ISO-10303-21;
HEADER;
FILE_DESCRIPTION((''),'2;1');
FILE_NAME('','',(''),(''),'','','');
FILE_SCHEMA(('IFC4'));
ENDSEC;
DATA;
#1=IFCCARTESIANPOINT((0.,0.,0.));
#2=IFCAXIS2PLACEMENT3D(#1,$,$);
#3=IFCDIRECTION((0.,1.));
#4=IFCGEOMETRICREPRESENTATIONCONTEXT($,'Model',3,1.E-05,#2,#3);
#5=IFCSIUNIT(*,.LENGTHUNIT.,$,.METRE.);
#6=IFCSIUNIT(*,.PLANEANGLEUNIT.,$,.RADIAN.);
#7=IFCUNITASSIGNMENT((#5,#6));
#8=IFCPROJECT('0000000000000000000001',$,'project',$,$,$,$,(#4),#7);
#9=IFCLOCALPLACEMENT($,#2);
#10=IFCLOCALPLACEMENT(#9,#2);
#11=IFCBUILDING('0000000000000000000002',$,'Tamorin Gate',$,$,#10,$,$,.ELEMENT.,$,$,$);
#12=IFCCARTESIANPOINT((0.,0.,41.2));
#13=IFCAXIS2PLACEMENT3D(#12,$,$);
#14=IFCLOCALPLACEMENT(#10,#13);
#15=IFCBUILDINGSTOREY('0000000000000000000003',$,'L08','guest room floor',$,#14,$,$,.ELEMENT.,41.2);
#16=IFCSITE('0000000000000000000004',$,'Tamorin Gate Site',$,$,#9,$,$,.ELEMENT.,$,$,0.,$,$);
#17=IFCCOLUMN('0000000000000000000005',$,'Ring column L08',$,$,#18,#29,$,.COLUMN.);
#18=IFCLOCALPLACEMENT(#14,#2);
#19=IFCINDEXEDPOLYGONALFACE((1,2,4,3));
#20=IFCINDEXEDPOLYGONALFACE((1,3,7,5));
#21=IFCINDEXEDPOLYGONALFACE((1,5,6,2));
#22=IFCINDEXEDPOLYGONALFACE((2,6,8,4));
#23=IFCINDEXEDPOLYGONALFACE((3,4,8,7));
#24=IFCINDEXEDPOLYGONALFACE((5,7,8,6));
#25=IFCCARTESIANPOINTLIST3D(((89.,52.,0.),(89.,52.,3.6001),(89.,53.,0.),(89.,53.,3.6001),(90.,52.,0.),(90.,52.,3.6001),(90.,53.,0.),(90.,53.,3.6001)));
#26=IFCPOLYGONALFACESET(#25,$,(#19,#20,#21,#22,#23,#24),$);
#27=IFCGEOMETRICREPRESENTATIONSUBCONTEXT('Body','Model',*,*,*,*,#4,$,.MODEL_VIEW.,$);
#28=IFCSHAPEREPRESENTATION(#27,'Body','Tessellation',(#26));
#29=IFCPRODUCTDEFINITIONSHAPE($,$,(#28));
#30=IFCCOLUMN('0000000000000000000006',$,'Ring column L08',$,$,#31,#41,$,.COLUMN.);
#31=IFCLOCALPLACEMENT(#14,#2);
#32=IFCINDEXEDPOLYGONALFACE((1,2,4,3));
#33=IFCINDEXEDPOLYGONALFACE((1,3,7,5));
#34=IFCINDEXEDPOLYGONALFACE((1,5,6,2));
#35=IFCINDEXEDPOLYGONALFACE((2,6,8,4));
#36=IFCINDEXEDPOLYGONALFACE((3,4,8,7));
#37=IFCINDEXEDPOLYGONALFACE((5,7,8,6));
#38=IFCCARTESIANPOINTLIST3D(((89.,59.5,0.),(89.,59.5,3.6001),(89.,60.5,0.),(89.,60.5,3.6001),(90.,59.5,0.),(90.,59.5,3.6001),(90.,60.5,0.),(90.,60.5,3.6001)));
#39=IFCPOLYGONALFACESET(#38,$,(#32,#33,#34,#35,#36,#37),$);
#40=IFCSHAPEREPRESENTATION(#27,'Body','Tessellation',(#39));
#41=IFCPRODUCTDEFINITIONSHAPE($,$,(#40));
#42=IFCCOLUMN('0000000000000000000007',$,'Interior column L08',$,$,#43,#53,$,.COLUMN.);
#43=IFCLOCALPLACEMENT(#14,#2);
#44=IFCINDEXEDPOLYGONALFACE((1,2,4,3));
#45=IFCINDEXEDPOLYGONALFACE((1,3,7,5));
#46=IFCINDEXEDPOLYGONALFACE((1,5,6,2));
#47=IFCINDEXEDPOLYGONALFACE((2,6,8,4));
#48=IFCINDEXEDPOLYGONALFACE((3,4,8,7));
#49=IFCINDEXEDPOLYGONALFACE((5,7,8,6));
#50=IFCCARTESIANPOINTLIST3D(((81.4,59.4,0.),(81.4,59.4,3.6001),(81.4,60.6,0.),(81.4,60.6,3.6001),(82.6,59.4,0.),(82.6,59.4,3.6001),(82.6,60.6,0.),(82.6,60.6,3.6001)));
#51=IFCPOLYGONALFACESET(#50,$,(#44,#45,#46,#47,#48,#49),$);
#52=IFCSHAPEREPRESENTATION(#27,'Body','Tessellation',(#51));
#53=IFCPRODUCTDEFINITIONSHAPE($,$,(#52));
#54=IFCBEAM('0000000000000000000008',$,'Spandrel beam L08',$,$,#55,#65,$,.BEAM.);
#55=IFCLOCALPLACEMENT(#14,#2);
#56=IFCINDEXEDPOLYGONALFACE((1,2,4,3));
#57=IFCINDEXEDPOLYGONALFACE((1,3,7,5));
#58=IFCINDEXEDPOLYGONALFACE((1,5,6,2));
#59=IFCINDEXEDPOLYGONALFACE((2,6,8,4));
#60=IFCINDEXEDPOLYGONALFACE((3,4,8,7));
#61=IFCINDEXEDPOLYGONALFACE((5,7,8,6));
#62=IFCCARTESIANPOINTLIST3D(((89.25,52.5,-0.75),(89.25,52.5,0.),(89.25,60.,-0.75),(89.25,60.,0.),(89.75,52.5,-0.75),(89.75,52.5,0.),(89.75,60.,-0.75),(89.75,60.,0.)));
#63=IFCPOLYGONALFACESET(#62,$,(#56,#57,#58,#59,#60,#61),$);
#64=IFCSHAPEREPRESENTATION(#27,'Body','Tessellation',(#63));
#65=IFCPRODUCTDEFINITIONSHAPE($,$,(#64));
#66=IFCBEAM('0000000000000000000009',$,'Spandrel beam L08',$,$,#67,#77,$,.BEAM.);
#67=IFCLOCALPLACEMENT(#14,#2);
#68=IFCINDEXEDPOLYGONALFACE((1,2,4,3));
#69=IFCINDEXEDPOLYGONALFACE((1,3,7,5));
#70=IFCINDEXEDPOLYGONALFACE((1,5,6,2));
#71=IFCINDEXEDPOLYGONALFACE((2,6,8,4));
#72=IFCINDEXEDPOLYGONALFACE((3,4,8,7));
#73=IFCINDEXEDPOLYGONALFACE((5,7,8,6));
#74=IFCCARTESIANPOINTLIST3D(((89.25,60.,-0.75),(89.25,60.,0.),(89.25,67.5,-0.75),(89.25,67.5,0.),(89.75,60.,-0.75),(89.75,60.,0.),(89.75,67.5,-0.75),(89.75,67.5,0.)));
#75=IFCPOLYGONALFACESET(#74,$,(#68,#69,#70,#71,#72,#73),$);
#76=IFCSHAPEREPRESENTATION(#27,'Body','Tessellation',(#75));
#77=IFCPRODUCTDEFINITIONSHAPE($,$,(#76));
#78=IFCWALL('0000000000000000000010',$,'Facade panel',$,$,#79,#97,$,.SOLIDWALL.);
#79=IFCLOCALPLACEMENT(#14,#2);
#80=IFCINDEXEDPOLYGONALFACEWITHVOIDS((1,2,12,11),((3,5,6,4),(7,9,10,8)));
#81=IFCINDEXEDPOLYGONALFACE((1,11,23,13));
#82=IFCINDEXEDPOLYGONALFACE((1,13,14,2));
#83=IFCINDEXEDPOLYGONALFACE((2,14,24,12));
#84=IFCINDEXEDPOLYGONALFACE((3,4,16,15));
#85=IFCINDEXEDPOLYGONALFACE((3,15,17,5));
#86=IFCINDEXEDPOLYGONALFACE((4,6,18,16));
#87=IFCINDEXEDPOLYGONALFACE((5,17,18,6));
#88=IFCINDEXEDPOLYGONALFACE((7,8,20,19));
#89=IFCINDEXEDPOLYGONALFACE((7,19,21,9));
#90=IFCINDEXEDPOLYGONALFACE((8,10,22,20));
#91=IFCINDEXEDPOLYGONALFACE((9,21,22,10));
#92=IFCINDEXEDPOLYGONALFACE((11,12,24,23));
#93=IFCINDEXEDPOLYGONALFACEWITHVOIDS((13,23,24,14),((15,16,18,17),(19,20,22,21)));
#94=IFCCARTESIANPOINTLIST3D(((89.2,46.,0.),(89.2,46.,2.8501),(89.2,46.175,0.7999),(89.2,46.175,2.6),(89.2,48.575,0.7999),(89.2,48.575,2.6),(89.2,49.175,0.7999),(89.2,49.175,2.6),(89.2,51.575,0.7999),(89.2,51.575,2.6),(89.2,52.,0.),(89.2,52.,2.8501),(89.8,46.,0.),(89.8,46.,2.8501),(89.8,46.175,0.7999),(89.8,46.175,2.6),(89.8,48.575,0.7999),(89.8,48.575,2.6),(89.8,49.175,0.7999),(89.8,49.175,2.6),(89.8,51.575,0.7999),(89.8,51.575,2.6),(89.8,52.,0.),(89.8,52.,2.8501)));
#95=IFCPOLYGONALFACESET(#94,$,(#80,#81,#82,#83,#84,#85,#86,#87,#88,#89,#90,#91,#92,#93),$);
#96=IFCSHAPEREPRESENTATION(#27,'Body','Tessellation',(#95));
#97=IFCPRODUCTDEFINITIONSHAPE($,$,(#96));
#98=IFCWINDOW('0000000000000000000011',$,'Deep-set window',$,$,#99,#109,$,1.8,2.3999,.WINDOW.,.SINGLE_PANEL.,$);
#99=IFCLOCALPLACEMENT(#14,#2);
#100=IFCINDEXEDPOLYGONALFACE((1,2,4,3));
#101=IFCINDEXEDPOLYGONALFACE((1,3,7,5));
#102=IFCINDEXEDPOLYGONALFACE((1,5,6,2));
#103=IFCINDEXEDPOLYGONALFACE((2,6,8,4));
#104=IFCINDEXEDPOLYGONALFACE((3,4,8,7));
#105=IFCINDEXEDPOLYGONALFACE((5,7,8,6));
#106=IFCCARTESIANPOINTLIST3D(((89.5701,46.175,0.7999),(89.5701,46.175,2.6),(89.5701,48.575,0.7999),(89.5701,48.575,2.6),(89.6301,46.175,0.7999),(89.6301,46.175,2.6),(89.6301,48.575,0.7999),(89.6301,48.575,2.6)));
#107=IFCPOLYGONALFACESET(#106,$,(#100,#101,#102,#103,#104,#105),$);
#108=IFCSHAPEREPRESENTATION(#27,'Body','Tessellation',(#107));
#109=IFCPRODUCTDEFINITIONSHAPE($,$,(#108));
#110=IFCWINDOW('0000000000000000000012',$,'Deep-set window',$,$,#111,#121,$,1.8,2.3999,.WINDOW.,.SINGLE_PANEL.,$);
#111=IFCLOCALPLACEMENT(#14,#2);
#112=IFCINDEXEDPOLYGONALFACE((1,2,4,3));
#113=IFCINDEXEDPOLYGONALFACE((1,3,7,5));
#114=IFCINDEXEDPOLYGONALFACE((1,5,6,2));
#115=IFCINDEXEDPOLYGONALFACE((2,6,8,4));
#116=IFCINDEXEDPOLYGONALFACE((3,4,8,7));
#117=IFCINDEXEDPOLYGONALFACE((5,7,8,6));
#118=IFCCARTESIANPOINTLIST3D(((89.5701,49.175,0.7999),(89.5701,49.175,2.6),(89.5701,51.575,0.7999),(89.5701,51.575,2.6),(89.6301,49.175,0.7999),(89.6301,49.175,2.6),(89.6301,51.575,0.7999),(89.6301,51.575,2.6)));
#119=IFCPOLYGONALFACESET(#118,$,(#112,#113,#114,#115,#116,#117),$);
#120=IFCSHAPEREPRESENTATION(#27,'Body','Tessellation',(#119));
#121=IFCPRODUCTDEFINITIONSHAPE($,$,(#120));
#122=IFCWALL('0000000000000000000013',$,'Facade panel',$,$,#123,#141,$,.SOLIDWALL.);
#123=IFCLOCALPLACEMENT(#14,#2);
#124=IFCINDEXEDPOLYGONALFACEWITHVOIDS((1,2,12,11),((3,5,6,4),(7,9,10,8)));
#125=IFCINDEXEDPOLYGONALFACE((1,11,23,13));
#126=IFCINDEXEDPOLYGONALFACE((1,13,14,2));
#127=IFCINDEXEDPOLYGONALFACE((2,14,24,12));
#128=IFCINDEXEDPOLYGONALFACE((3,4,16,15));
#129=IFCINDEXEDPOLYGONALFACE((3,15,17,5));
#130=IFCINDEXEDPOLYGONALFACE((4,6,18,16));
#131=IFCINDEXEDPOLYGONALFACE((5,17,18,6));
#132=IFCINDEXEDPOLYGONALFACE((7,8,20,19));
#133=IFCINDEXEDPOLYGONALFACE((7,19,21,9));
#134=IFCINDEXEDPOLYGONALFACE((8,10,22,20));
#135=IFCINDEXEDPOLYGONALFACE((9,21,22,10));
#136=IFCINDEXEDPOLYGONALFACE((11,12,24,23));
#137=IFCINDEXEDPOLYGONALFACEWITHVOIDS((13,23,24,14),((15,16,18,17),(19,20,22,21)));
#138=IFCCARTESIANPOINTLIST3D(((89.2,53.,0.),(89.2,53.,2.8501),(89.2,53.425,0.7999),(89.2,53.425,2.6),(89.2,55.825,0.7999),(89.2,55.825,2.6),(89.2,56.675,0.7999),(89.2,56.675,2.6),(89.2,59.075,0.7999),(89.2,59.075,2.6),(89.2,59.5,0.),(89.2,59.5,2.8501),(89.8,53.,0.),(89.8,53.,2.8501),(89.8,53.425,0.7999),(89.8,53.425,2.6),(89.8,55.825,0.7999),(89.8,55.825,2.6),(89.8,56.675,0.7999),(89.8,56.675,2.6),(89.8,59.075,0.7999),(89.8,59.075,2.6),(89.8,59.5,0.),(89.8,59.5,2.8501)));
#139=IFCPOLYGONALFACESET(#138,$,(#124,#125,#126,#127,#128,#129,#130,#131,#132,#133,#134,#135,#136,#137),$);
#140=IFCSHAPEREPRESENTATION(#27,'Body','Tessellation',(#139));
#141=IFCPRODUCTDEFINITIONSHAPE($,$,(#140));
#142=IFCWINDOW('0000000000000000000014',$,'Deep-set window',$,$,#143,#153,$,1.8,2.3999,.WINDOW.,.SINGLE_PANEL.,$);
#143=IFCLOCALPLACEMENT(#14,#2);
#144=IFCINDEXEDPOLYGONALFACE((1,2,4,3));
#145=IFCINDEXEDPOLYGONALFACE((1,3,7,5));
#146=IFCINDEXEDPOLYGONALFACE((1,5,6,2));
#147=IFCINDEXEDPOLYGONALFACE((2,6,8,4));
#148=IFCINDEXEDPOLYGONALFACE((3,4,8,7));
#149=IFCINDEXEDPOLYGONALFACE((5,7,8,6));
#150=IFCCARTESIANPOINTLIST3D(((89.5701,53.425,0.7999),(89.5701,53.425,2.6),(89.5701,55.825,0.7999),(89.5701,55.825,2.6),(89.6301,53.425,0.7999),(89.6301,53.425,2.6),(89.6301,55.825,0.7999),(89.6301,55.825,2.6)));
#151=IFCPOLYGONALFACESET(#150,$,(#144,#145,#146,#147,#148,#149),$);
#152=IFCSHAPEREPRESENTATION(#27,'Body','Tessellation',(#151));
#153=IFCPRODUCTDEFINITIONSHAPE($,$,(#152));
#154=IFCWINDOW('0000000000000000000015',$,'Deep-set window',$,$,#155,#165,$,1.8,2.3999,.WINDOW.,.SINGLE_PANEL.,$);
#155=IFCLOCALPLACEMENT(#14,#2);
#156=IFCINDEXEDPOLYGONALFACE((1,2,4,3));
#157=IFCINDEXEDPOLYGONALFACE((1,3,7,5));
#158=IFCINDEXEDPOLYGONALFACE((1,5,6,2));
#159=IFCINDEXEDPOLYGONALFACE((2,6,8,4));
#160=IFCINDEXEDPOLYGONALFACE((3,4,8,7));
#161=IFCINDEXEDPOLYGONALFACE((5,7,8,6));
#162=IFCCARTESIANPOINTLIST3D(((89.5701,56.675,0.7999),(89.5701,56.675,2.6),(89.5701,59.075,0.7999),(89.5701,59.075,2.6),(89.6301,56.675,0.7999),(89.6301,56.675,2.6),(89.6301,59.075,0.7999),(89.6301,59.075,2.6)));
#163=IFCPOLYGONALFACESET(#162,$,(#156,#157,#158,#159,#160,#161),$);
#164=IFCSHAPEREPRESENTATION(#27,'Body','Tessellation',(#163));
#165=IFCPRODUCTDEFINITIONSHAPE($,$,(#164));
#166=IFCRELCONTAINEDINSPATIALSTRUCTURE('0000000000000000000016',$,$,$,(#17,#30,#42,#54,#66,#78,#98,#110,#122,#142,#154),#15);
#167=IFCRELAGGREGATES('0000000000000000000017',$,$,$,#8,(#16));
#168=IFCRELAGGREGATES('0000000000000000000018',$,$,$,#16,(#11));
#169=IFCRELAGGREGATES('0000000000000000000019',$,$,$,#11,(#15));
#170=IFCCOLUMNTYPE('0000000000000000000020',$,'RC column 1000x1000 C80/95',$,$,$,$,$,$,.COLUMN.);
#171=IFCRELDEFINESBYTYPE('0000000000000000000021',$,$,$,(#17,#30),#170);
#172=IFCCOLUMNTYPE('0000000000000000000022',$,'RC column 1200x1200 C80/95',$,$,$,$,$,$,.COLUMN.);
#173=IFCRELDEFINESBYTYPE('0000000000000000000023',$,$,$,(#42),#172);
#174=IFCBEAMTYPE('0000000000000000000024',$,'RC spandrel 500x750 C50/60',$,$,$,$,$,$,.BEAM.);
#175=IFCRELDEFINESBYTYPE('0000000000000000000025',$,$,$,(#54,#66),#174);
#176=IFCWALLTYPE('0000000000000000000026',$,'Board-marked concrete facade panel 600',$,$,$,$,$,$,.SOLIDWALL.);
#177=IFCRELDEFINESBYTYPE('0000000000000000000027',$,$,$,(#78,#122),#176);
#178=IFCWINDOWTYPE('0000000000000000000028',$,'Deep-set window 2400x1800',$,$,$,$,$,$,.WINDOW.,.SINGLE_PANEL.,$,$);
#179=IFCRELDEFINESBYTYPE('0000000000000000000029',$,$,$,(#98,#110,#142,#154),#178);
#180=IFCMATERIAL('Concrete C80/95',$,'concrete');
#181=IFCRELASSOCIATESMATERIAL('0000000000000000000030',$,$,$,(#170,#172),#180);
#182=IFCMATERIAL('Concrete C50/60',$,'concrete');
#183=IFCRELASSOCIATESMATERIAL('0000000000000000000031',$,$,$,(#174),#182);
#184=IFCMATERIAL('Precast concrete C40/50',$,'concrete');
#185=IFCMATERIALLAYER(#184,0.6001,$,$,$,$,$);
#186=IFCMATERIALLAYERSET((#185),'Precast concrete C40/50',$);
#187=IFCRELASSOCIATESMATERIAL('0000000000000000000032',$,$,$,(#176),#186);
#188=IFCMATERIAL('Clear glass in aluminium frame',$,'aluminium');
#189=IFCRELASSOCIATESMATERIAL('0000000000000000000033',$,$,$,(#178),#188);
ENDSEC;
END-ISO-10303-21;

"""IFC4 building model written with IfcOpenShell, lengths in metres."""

from ifc_helpers import new_model, si_unit, direction, frame, frame_2d, origin, origin_2d, place, context, subcontext, project, spatial, rectangle, extrude, material, layer, layer_set, material_profile, profile_set, type_object, element, fill, save


model = new_model("IFC4")

# Units and contexts
model_context = context("Model", 3, precision=1e-05, world=origin(), true_north=direction((0.0, 1.0)))
body_context = subcontext(model_context, "Body", "Model", "MODEL_VIEW")
ifc_project = project(units=[si_unit("LENGTHUNIT", "METRE"), si_unit("PLANEANGLEUNIT", "RADIAN")], contexts=[model_context])

# Site, building, storey
site_placement = place(None, origin())
site = spatial("IfcSite", under=ifc_project, at=site_placement, Name="Tamorin Gate Site", CompositionType="ELEMENT", RefElevation=0.0)
building_placement = place(site_placement, origin())
building = spatial("IfcBuilding", under=site, at=building_placement, Name="Tamorin Gate", CompositionType="ELEMENT")
storey_placement = place(building_placement, frame((0.0, 0.0, 41.2)))
storey = spatial("IfcBuildingStorey", under=building, at=storey_placement, Name="L08", Description="guest room floor", CompositionType="ELEMENT", Elevation=41.2)

# Columns
ifc_material_1 = material(Name="Concrete C80/95", Category="concrete")
ifc_material_profile_1 = material_profile(ifc_material_1, rectangle(XDim=1.0, YDim=1.0, at=origin_2d()), Name="RC 1000x1000")
ifc_profile_set_1 = profile_set([ifc_material_profile_1], Name="Concrete C80/95")
column_type_1 = type_object("IfcColumnType", Name="RC column 1000x1000 C80/95", PredefinedType="COLUMN", material=ifc_profile_set_1)
for number, where, z_axis, x_axis, name in (
    (1, (89.5, 52.5, 0.0), (0.0, 0.0, 1.0), (1.0, 0.0, 0.0), "Ring column L08"),
    (2, (89.5, 60.0, 0.0), (0.0, 0.0, 1.0), (1.0, 0.0, 0.0), "Ring column L08"),
):
    element("IfcColumn", number, at=place(storey_placement, frame(where, z_axis=z_axis, x_axis=x_axis)), inside=storey, type_object=column_type_1, Name=name, PredefinedType="COLUMN", context=body_context, shape_type="SweptSolid", body=[
        extrude(rectangle(XDim=1.0, YDim=1.0, at=origin_2d()), origin(), (0.0, 0.0, 1.0), 3.6001),
    ])
ifc_material_profile_2 = material_profile(ifc_material_1, rectangle(XDim=1.2, YDim=1.2, at=origin_2d()), Name="RC 1200x1200")
ifc_profile_set_2 = profile_set([ifc_material_profile_2], Name="Concrete C80/95")
column_type_2 = type_object("IfcColumnType", Name="RC column 1200x1200 C80/95", PredefinedType="COLUMN", material=ifc_profile_set_2)
column_placement = place(storey_placement, frame((82.0, 60.0, 0.0), z_axis=(0.0, 0.0, 1.0), x_axis=(1.0, 0.0, 0.0)))
element("IfcColumn", 3, at=column_placement, inside=storey, type_object=column_type_2, Name="Interior column L08", PredefinedType="COLUMN", context=body_context, shape_type="SweptSolid", body=[
    extrude(rectangle(XDim=1.2, YDim=1.2, at=origin_2d()), origin(), (0.0, 0.0, 1.0), 3.6001),
])

# Beams
ifc_material_2 = material(Name="Concrete C50/60", Category="concrete")
ifc_material_profile_3 = material_profile(ifc_material_2, rectangle(XDim=0.5, YDim=0.75, at=origin_2d()), Name="RC 500x750")
ifc_profile_set_3 = profile_set([ifc_material_profile_3], Name="Concrete C50/60")
beam_type = type_object("IfcBeamType", Name="RC spandrel 500x750 C50/60", PredefinedType="BEAM", material=ifc_profile_set_3)
for number, where, z_axis, x_axis, name in (
    (4, (89.5, 52.5, -0.375), (0.0, 1.0, 0.0), (-1.0, 0.0, 0.0), "Spandrel beam L08"),
    (5, (89.5, 60.0, -0.375), (0.0, 1.0, 0.0), (-1.0, 0.0, 0.0), "Spandrel beam L08"),
):
    element("IfcBeam", number, at=place(storey_placement, frame(where, z_axis=z_axis, x_axis=x_axis)), inside=storey, type_object=beam_type, Name=name, PredefinedType="BEAM", context=body_context, shape_type="SweptSolid", body=[
        extrude(rectangle(XDim=0.5, YDim=0.75, at=origin_2d()), origin(), (0.0, 0.0, 1.0), 7.5),
    ])

# Walls, openings, windows
ifc_material_3 = material(Name="Precast concrete C40/50", Category="concrete")
ifc_layer_1 = layer(ifc_material_3, 0.6001)
ifc_layer_set_1 = layer_set([ifc_layer_1], Name="Precast concrete C40/50")
wall_type_1 = type_object("IfcWallType", Name="Board-marked concrete facade panel 600", PredefinedType="SOLIDWALL", material=ifc_layer_set_1)
wall_1_placement = place(storey_placement, frame((89.5, 46.0, 0.0), z_axis=(0.0, 0.0, 1.0), x_axis=(0.0, 1.0, 0.0)))
wall_1 = element("IfcWall", 6, at=wall_1_placement, inside=storey, type_object=wall_type_1, Name="Facade panel", PredefinedType="SOLIDWALL", context=body_context, shape_type="SweptSolid", body=[
    extrude(rectangle(XDim=6.0, YDim=0.6001, at=frame_2d((3.0, 0.0))), origin(), (0.0, 0.0, 1.0), 2.8501),
])
opening_1_placement = place(wall_1_placement, frame((0.175, 0.0, 0.8)))
opening_1 = element("IfcOpeningElement", 7, at=opening_1_placement, cuts=wall_1, PredefinedType="OPENING", context=body_context, shape_type="SweptSolid", body=[
    extrude(rectangle(XDim=2.3999, YDim=1.8, at=frame_2d((1.2, 0.8999))), frame((0.0, 0.3101, 0.0), z_axis=(0.0, -1.0, 0.0), x_axis=(1.0, 0.0, 0.0)), (0.0, 0.0, 1.0), 0.6201),
])
opening_2_placement = place(wall_1_placement, frame((3.175, 0.0, 0.8)))
opening_2 = element("IfcOpeningElement", 8, at=opening_2_placement, cuts=wall_1, PredefinedType="OPENING", context=body_context, shape_type="SweptSolid", body=[
    extrude(rectangle(XDim=2.3999, YDim=1.8, at=frame_2d((1.2, 0.8999))), frame((0.0, 0.3101, 0.0), z_axis=(0.0, -1.0, 0.0), x_axis=(1.0, 0.0, 0.0)), (0.0, 0.0, 1.0), 0.6201),
])
ifc_material_4 = material(Name="Clear glass in aluminium frame", Category="aluminium")
window_type = type_object("IfcWindowType", Name="Deep-set window 2400x1800", PartitioningType="SINGLE_PANEL", PredefinedType="WINDOW", material=ifc_material_4)
window_1_placement = place(opening_1_placement, origin())
window_1 = element("IfcWindow", 9, at=window_1_placement, inside=storey, type_object=window_type, Name="Deep-set window", OverallHeight=1.8, OverallWidth=2.3999, PartitioningType="SINGLE_PANEL", PredefinedType="WINDOW", context=body_context, shape_type="SweptSolid", body=[
    extrude(rectangle(XDim=2.3999, YDim=1.8, at=frame_2d((1.2, 0.8999))), frame((0.0, -0.0701, 0.0), z_axis=(0.0, -1.0, 0.0), x_axis=(1.0, 0.0, 0.0)), (0.0, 0.0, 1.0), 0.0601),
])
fill(opening_1, window_1)
window_2_placement = place(opening_2_placement, origin())
window_2 = element("IfcWindow", 10, at=window_2_placement, inside=storey, type_object=window_type, Name="Deep-set window", OverallHeight=1.8, OverallWidth=2.3999, PartitioningType="SINGLE_PANEL", PredefinedType="WINDOW", context=body_context, shape_type="SweptSolid", body=[
    extrude(rectangle(XDim=2.3999, YDim=1.8, at=frame_2d((1.2, 0.8999))), frame((0.0, -0.0701, 0.0), z_axis=(0.0, -1.0, 0.0), x_axis=(1.0, 0.0, 0.0)), (0.0, 0.0, 1.0), 0.0601),
])
fill(opening_2, window_2)
wall_2_placement = place(storey_placement, frame((89.5, 53.0, 0.0), z_axis=(0.0, 0.0, 1.0), x_axis=(0.0, 1.0, 0.0)))
wall_2 = element("IfcWall", 11, at=wall_2_placement, inside=storey, type_object=wall_type_1, Name="Facade panel", PredefinedType="SOLIDWALL", context=body_context, shape_type="SweptSolid", body=[
    extrude(rectangle(XDim=6.5, YDim=0.6001, at=frame_2d((3.25, 0.0))), origin(), (0.0, 0.0, 1.0), 2.8501),
])
opening_3_placement = place(wall_2_placement, frame((0.425, 0.0, 0.8)))
opening_3 = element("IfcOpeningElement", 12, at=opening_3_placement, cuts=wall_2, PredefinedType="OPENING", context=body_context, shape_type="SweptSolid", body=[
    extrude(rectangle(XDim=2.3999, YDim=1.8, at=frame_2d((1.2, 0.8999))), frame((0.0, 0.3101, 0.0), z_axis=(0.0, -1.0, 0.0), x_axis=(1.0, 0.0, 0.0)), (0.0, 0.0, 1.0), 0.6201),
])
opening_4_placement = place(wall_2_placement, frame((3.675, 0.0, 0.8)))
opening_4 = element("IfcOpeningElement", 13, at=opening_4_placement, cuts=wall_2, PredefinedType="OPENING", context=body_context, shape_type="SweptSolid", body=[
    extrude(rectangle(XDim=2.3999, YDim=1.8, at=frame_2d((1.2, 0.8999))), frame((0.0, 0.3101, 0.0), z_axis=(0.0, -1.0, 0.0), x_axis=(1.0, 0.0, 0.0)), (0.0, 0.0, 1.0), 0.6201),
])
window_3_placement = place(opening_3_placement, origin())
window_3 = element("IfcWindow", 14, at=window_3_placement, inside=storey, type_object=window_type, Name="Deep-set window", OverallHeight=1.8, OverallWidth=2.3999, PartitioningType="SINGLE_PANEL", PredefinedType="WINDOW", context=body_context, shape_type="SweptSolid", body=[
    extrude(rectangle(XDim=2.3999, YDim=1.8, at=frame_2d((1.2, 0.8999))), frame((0.0, -0.0701, 0.0), z_axis=(0.0, -1.0, 0.0), x_axis=(1.0, 0.0, 0.0)), (0.0, 0.0, 1.0), 0.0601),
])
fill(opening_3, window_3)
window_4_placement = place(opening_4_placement, origin())
window_4 = element("IfcWindow", 15, at=window_4_placement, inside=storey, type_object=window_type, Name="Deep-set window", OverallHeight=1.8, OverallWidth=2.3999, PartitioningType="SINGLE_PANEL", PredefinedType="WINDOW", context=body_context, shape_type="SweptSolid", body=[
    extrude(rectangle(XDim=2.3999, YDim=1.8, at=frame_2d((1.2, 0.8999))), frame((0.0, -0.0701, 0.0), z_axis=(0.0, -1.0, 0.0), x_axis=(1.0, 0.0, 0.0)), (0.0, 0.0, 1.0), 0.0601),
])
fill(opening_4, window_4)

save(model, "model.ifc")
